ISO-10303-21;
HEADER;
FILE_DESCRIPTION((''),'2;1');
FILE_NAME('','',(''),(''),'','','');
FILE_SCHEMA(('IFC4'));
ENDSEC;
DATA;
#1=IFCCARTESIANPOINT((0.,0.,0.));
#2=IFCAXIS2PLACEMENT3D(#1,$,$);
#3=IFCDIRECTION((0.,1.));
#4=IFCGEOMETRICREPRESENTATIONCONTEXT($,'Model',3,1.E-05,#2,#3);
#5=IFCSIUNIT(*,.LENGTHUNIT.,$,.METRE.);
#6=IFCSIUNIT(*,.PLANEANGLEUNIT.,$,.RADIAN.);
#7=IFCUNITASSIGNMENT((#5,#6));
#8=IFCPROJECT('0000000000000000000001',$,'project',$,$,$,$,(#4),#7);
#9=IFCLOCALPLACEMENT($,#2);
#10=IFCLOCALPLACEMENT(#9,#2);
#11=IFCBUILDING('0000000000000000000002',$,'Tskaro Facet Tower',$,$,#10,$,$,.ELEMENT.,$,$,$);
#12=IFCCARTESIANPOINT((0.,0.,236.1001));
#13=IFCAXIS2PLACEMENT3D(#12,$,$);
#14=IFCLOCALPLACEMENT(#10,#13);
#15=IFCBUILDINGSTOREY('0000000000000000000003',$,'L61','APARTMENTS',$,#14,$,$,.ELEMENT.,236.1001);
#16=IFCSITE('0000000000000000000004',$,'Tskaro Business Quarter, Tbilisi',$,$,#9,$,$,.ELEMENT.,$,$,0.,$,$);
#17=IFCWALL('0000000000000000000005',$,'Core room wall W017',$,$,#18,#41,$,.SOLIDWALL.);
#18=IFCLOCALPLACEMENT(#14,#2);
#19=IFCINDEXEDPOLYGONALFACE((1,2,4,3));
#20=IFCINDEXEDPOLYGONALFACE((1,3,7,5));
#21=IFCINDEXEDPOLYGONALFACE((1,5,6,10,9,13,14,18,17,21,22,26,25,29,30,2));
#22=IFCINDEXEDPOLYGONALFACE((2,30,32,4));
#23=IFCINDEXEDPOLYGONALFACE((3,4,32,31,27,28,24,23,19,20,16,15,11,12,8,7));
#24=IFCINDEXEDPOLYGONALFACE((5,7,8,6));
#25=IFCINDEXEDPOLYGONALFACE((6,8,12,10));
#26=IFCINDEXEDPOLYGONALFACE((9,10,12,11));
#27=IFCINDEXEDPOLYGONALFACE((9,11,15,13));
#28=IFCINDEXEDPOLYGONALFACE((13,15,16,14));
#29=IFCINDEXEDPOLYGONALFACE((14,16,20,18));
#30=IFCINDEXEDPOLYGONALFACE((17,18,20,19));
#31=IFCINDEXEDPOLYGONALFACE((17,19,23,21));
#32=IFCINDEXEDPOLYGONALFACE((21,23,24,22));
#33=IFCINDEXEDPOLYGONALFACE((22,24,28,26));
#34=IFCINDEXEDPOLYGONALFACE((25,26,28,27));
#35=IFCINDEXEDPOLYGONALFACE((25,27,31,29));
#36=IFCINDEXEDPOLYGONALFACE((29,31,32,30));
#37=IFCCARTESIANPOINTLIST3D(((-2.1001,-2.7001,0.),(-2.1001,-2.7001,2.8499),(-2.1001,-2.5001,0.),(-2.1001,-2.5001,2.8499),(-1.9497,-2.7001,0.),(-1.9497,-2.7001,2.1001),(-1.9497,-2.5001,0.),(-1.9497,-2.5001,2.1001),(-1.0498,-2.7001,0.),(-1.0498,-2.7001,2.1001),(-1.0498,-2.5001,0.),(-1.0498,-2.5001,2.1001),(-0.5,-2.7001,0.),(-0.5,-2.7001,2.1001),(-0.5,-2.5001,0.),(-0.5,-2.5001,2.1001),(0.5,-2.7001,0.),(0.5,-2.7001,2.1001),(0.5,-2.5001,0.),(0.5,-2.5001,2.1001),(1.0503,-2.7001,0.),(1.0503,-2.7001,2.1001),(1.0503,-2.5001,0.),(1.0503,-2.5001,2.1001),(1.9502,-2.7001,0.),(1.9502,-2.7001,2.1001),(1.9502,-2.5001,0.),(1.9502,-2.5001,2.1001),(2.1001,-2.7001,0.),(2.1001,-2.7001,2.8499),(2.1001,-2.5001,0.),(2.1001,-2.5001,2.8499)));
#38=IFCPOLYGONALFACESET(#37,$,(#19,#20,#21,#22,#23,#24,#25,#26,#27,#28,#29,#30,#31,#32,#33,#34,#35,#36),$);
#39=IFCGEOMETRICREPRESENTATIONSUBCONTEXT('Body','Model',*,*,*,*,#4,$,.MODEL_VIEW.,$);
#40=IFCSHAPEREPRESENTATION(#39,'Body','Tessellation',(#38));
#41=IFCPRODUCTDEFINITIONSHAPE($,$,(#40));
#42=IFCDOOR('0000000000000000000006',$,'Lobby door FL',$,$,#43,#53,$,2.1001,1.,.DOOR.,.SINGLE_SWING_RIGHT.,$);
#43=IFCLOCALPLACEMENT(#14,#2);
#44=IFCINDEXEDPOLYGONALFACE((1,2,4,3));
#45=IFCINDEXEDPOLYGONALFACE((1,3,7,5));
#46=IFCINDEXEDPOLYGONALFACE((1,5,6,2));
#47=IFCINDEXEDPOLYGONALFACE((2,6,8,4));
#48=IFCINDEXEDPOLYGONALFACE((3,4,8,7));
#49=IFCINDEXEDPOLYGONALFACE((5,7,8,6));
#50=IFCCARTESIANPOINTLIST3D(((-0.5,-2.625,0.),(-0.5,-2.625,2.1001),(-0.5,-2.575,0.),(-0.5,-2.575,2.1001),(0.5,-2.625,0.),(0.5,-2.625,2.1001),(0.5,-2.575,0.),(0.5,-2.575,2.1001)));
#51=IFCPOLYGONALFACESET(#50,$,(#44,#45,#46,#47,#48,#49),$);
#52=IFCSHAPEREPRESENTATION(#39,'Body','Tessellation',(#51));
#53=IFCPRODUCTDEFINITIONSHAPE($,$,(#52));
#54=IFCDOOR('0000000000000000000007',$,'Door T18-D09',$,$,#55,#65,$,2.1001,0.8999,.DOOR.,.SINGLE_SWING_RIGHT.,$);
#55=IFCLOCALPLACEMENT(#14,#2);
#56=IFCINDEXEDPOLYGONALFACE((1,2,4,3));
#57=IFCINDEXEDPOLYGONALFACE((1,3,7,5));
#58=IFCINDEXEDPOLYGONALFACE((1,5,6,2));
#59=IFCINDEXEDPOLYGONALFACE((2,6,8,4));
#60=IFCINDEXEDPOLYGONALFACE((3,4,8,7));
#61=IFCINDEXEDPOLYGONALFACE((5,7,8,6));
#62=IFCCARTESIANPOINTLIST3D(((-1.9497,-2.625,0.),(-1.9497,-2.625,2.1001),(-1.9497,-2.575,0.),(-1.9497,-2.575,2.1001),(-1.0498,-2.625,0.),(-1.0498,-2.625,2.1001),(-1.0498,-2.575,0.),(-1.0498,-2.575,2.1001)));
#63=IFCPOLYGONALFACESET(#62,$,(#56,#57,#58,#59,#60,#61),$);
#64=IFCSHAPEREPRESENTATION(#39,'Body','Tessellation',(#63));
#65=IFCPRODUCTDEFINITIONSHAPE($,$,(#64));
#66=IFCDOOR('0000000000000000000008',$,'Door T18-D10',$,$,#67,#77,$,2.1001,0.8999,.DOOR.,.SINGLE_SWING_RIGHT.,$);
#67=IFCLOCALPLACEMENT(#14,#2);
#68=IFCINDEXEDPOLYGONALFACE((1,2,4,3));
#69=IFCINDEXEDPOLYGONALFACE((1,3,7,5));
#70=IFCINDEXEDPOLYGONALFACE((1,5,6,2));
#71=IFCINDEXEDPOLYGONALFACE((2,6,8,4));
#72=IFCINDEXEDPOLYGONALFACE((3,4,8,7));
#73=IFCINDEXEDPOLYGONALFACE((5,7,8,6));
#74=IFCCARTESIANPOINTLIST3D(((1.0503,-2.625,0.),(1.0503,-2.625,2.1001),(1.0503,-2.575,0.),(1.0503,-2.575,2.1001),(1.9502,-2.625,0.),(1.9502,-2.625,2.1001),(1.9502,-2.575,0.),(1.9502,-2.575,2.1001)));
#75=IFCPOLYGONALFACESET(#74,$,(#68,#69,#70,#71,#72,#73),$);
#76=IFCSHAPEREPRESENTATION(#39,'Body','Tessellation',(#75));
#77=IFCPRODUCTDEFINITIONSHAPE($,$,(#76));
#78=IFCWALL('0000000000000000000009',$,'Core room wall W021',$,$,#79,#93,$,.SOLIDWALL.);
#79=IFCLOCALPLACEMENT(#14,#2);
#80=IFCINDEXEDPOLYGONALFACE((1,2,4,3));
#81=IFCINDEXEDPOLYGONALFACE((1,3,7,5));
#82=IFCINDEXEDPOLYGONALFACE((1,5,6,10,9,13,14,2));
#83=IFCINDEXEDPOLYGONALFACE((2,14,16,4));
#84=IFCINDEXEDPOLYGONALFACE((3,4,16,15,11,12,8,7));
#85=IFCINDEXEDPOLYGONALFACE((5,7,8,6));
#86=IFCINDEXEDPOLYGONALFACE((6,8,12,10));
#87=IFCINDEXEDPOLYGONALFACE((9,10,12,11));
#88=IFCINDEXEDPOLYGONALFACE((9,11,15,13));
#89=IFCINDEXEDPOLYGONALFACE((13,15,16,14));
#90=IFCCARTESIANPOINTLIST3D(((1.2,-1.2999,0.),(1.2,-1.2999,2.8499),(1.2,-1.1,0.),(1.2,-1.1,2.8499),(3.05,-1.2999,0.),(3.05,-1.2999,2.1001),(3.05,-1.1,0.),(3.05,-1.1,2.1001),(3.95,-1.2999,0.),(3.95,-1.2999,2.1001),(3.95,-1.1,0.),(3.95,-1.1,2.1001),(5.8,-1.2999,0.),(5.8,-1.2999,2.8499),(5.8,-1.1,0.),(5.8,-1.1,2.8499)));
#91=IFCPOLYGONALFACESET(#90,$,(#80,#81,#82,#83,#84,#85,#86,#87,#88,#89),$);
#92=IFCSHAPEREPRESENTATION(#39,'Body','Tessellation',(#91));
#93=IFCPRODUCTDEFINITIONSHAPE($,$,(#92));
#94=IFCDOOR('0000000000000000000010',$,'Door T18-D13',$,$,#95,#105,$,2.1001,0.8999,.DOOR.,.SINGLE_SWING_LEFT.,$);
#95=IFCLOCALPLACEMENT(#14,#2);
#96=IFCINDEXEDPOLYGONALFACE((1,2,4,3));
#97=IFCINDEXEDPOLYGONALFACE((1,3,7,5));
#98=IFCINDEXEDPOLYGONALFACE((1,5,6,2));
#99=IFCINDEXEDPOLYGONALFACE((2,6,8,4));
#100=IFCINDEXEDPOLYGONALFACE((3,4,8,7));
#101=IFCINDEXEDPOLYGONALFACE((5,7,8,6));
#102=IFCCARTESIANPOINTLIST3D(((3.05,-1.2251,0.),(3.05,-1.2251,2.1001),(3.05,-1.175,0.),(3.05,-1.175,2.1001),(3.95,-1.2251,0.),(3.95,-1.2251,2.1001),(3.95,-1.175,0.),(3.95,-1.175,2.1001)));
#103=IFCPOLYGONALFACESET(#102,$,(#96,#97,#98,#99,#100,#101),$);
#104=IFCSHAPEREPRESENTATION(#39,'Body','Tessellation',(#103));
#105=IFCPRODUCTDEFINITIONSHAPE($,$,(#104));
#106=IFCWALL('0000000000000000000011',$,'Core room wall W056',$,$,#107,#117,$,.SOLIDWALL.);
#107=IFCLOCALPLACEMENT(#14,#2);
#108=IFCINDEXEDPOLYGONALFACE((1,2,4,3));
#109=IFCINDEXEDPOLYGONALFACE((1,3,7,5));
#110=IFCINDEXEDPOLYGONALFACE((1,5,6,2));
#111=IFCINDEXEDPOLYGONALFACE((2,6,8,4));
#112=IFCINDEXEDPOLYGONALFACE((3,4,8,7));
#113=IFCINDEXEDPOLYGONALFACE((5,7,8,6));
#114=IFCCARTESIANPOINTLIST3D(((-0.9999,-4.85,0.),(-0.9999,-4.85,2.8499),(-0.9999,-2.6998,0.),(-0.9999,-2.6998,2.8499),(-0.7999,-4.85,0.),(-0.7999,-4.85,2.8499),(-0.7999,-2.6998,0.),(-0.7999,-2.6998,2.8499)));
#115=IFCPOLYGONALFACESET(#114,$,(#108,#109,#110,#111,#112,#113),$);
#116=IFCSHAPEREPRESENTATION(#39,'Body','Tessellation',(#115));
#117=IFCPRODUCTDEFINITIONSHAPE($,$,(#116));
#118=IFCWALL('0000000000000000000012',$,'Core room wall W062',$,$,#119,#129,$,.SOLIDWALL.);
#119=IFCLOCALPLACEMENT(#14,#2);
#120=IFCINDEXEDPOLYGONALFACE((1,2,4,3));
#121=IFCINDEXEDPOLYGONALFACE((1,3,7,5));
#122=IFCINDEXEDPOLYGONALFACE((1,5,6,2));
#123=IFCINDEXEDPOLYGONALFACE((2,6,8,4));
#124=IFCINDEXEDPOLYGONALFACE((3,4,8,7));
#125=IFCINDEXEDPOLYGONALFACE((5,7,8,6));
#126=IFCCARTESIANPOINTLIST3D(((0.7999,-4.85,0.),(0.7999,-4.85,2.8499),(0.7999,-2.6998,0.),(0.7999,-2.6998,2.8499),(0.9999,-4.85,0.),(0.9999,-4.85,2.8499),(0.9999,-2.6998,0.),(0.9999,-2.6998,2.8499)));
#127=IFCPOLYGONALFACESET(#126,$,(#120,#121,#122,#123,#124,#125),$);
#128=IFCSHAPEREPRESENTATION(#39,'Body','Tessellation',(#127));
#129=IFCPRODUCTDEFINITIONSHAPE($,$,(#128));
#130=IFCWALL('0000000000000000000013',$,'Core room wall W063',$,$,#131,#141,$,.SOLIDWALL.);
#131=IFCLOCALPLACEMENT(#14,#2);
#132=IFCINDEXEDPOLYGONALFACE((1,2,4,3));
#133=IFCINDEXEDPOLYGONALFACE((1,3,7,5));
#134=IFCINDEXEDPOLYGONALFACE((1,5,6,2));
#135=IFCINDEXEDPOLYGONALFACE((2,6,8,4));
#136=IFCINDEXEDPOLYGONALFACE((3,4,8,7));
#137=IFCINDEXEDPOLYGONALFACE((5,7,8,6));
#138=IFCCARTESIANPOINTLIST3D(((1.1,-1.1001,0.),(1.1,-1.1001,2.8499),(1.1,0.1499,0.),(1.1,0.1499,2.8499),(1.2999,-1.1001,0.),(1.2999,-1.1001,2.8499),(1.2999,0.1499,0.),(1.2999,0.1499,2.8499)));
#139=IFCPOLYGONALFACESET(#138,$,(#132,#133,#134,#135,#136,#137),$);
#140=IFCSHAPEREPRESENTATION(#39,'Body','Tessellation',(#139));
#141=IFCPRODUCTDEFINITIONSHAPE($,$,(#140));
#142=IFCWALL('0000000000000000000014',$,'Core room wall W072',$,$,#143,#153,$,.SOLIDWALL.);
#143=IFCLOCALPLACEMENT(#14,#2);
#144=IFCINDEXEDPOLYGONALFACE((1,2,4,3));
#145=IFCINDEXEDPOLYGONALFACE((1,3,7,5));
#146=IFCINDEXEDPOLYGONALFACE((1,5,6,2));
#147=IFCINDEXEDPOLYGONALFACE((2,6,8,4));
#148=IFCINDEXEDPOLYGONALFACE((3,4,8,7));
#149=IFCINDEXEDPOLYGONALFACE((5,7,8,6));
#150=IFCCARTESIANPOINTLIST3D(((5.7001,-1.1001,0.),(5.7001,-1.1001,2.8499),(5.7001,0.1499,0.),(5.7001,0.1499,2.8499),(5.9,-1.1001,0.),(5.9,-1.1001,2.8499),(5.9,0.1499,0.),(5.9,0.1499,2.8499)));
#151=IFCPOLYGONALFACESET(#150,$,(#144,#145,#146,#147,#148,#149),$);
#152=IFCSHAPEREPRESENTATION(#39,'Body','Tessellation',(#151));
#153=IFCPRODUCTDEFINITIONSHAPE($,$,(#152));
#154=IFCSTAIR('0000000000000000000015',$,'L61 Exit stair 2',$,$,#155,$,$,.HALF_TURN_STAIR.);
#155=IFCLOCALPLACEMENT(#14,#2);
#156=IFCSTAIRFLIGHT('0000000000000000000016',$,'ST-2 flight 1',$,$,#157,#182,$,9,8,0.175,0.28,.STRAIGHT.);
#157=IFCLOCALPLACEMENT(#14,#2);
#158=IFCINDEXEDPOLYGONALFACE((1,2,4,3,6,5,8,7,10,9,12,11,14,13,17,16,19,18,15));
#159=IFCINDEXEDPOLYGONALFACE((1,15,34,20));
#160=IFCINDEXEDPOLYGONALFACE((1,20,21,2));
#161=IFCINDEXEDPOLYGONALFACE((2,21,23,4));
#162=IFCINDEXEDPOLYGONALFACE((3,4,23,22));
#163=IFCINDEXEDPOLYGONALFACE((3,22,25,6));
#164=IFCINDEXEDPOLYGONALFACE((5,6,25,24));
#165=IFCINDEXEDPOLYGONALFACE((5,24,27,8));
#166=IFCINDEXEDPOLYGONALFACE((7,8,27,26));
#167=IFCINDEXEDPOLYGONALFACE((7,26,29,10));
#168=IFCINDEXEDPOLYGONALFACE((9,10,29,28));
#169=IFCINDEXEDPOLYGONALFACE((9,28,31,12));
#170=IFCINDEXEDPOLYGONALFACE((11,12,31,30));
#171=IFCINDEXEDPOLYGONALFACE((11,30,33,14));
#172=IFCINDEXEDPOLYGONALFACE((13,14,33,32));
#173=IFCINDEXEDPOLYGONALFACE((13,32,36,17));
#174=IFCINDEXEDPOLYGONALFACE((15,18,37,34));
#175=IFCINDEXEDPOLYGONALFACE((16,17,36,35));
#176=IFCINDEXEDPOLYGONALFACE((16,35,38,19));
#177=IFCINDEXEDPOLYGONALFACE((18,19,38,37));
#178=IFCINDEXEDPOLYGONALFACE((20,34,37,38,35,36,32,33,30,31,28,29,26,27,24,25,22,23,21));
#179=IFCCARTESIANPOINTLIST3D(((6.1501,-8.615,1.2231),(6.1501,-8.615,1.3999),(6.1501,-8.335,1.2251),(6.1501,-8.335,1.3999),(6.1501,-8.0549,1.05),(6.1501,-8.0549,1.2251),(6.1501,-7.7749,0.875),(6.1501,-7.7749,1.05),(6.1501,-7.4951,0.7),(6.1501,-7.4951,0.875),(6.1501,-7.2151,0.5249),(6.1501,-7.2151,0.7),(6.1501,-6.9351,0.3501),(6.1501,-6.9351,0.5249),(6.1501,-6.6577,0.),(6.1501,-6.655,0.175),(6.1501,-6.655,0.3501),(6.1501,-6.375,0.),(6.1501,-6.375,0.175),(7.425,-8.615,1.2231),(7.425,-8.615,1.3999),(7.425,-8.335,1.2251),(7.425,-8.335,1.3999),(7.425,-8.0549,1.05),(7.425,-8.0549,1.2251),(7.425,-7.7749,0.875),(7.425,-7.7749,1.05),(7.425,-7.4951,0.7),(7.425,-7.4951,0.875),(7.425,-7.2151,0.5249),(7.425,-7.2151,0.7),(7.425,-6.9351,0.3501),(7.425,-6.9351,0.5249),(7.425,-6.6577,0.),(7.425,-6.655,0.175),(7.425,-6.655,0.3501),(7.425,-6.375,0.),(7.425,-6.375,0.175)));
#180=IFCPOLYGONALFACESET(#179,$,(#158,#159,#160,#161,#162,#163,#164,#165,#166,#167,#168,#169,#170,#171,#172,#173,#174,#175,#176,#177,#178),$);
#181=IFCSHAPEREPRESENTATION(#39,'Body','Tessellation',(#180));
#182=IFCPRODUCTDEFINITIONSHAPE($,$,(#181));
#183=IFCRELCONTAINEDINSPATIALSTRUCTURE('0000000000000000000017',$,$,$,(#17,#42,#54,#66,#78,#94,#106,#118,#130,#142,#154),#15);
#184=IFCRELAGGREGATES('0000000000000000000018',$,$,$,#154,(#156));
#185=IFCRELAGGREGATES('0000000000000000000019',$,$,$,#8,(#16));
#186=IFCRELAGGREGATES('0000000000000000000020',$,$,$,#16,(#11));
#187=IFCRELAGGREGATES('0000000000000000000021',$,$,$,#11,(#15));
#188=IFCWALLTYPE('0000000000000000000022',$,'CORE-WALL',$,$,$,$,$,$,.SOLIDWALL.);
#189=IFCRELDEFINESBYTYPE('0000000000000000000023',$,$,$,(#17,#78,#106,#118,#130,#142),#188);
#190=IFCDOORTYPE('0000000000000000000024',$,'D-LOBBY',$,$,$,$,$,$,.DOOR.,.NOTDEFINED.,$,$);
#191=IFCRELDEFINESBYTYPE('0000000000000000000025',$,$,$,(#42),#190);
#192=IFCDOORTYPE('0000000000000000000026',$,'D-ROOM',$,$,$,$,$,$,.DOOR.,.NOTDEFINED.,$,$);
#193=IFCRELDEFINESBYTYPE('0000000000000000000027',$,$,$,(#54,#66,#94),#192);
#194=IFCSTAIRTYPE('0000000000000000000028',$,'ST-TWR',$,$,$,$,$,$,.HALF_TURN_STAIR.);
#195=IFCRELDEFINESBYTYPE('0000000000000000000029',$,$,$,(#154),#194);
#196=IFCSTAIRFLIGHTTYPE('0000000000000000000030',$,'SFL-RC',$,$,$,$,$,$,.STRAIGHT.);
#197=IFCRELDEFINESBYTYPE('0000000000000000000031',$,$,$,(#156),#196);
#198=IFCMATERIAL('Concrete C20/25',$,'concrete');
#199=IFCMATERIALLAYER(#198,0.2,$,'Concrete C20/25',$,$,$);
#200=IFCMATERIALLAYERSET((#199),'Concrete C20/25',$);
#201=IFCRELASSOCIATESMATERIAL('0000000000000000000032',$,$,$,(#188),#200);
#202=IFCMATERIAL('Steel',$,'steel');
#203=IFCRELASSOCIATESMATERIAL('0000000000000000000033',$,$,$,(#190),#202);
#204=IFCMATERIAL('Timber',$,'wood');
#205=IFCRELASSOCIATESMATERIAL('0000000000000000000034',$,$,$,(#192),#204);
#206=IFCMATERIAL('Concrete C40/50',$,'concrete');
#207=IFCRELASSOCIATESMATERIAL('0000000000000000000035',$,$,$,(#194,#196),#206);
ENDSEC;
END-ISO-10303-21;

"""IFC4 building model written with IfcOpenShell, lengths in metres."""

from ifc_helpers import new_model, si_unit, direction, frame, frame_2d, origin, place, context, subcontext, project, spatial, polyline, rectangle, outline, extrude, material, layer, layer_set, type_object, element, fill, aggregate, save


model = new_model("IFC4")

# Units and contexts
model_context = context("Model", 3, precision=1e-05, world=origin(), true_north=direction((0.0, 1.0)))
body_context = subcontext(model_context, "Body", "Model", "MODEL_VIEW")
ifc_project = project(units=[si_unit("LENGTHUNIT", "METRE"), si_unit("PLANEANGLEUNIT", "RADIAN")], contexts=[model_context])

# Site, building, storey
site_placement = place(None, origin())
site = spatial("IfcSite", under=ifc_project, at=site_placement, Name="Tskaro Business Quarter, Tbilisi", CompositionType="ELEMENT", RefElevation=0.0)
building_placement = place(site_placement, origin())
building = spatial("IfcBuilding", under=site, at=building_placement, Name="Tskaro Facet Tower", CompositionType="ELEMENT")
storey_placement = place(building_placement, frame((0.0, 0.0, 236.1001)))
storey = spatial("IfcBuildingStorey", under=building, at=storey_placement, Name="L61", Description="APARTMENTS", CompositionType="ELEMENT", Elevation=236.1001)

# Shared definitions
ifc_material_1 = material(Name="Steel", Category="steel")

# Shared definitions
ifc_material_2 = material(Name="Concrete C20/25", Category="concrete")
ifc_layer_1 = layer(ifc_material_2, 0.2, Name="Concrete C20/25")
ifc_layer_set_1 = layer_set([ifc_layer_1], Name="Concrete C20/25")
wall_type_1 = type_object("IfcWallType", Name="CORE-WALL", PredefinedType="SOLIDWALL", material=ifc_layer_set_1)

# Wall, openings, doors
wall_1_placement = place(storey_placement, frame((2.1001, -2.6001, 0.0), z_axis=(0.0, 0.0, 1.0), x_axis=(-1.0, 0.0, 0.0)))
wall_1 = element("IfcWall", 1, at=wall_1_placement, inside=storey, type_object=wall_type_1, Name="Core room wall W017", PredefinedType="SOLIDWALL", context=body_context, shape_type="SweptSolid", body=[
    extrude(rectangle(XDim=4.2002, YDim=0.2, at=frame_2d((2.1001, 0.0))), origin(), (0.0, 0.0, 1.0), 2.8499),
])
opening_1_placement = place(wall_1_placement, frame((1.6001, 0.0, 0.0)))
opening_1 = element("IfcOpeningElement", 2, at=opening_1_placement, cuts=wall_1, PredefinedType="OPENING", context=body_context, shape_type="SweptSolid", body=[
    extrude(rectangle(XDim=1.0, YDim=2.1001, at=frame_2d((0.5, 1.05))), frame((0.0, 0.1099, 0.0), z_axis=(0.0, -1.0, 0.0), x_axis=(1.0, 0.0, 0.0)), (0.0, 0.0, 1.0), 0.22),
])
opening_2_placement = place(wall_1_placement, frame((3.1499, 0.0, 0.0)))
opening_2 = element("IfcOpeningElement", 3, at=opening_2_placement, cuts=wall_1, PredefinedType="OPENING", context=body_context, shape_type="SweptSolid", body=[
    extrude(rectangle(XDim=0.8999, YDim=2.1001, at=frame_2d((0.45, 1.05))), frame((0.0, 0.1099, 0.0), z_axis=(0.0, -1.0, 0.0), x_axis=(1.0, 0.0, 0.0)), (0.0, 0.0, 1.0), 0.22),
])
opening_3_placement = place(wall_1_placement, frame((0.1499, 0.0, 0.0)))
opening_3 = element("IfcOpeningElement", 4, at=opening_3_placement, cuts=wall_1, PredefinedType="OPENING", context=body_context, shape_type="SweptSolid", body=[
    extrude(rectangle(XDim=0.8999, YDim=2.1001, at=frame_2d((0.45, 1.05))), frame((0.0, 0.1099, 0.0), z_axis=(0.0, -1.0, 0.0), x_axis=(1.0, 0.0, 0.0)), (0.0, 0.0, 1.0), 0.22),
])
door_type_1 = type_object("IfcDoorType", Name="D-LOBBY", OperationType="NOTDEFINED", PredefinedType="DOOR", material=ifc_material_1)
door_1_placement = place(opening_1_placement, origin())
door_1 = element("IfcDoor", 5, at=door_1_placement, inside=storey, type_object=door_type_1, Name="Lobby door FL", OperationType="SINGLE_SWING_RIGHT", OverallHeight=2.1001, OverallWidth=1.0, PredefinedType="DOOR", context=body_context, shape_type="SweptSolid", body=[
    extrude(rectangle(XDim=1.0, YDim=2.1001, at=frame_2d((0.5, 1.05))), frame((0.0, 0.0249, 0.0), z_axis=(0.0, -1.0, 0.0), x_axis=(1.0, 0.0, 0.0)), (0.0, 0.0, 1.0), 0.05),
])
fill(opening_1, door_1)
ifc_material_3 = material(Name="Timber", Category="wood")
door_type_2 = type_object("IfcDoorType", Name="D-ROOM", OperationType="NOTDEFINED", PredefinedType="DOOR", material=ifc_material_3)
door_2_placement = place(opening_2_placement, origin())
door_2 = element("IfcDoor", 6, at=door_2_placement, inside=storey, type_object=door_type_2, Name="Door T18-D09", OperationType="SINGLE_SWING_RIGHT", OverallHeight=2.1001, OverallWidth=0.8999, PredefinedType="DOOR", context=body_context, shape_type="SweptSolid", body=[
    extrude(rectangle(XDim=0.8999, YDim=2.1001, at=frame_2d((0.45, 1.05))), frame((0.0, 0.0249, 0.0), z_axis=(0.0, -1.0, 0.0), x_axis=(1.0, 0.0, 0.0)), (0.0, 0.0, 1.0), 0.05),
])
fill(opening_2, door_2)
door_3_placement = place(opening_3_placement, origin())
door_3 = element("IfcDoor", 7, at=door_3_placement, inside=storey, type_object=door_type_2, Name="Door T18-D10", OperationType="SINGLE_SWING_RIGHT", OverallHeight=2.1001, OverallWidth=0.8999, PredefinedType="DOOR", context=body_context, shape_type="SweptSolid", body=[
    extrude(rectangle(XDim=0.8999, YDim=2.1001, at=frame_2d((0.45, 1.05))), frame((0.0, 0.0249, 0.0), z_axis=(0.0, -1.0, 0.0), x_axis=(1.0, 0.0, 0.0)), (0.0, 0.0, 1.0), 0.05),
])
fill(opening_3, door_3)

# Wall, opening, door
wall_2_placement = place(storey_placement, frame((1.2, -1.2, 0.0), z_axis=(0.0, 0.0, 1.0), x_axis=(1.0, 0.0, 0.0)))
wall_2 = element("IfcWall", 8, at=wall_2_placement, inside=storey, type_object=wall_type_1, Name="Core room wall W021", PredefinedType="SOLIDWALL", context=body_context, shape_type="SweptSolid", body=[
    extrude(rectangle(XDim=4.6001, YDim=0.2, at=frame_2d((2.3, 0.0))), origin(), (0.0, 0.0, 1.0), 2.8499),
])
opening_4_placement = place(wall_2_placement, frame((1.8501, 0.0, 0.0)))
opening_4 = element("IfcOpeningElement", 9, at=opening_4_placement, cuts=wall_2, PredefinedType="OPENING", context=body_context, shape_type="SweptSolid", body=[
    extrude(rectangle(XDim=0.8999, YDim=2.1001, at=frame_2d((0.45, 1.05))), frame((0.0, 0.1099, 0.0), z_axis=(0.0, -1.0, 0.0), x_axis=(1.0, 0.0, 0.0)), (0.0, 0.0, 1.0), 0.22),
])
door_4_placement = place(opening_4_placement, origin())
door_4 = element("IfcDoor", 10, at=door_4_placement, inside=storey, type_object=door_type_2, Name="Door T18-D13", OperationType="SINGLE_SWING_LEFT", OverallHeight=2.1001, OverallWidth=0.8999, PredefinedType="DOOR", context=body_context, shape_type="SweptSolid", body=[
    extrude(rectangle(XDim=0.8999, YDim=2.1001, at=frame_2d((0.45, 1.05))), frame((0.0, 0.0249, 0.0), z_axis=(0.0, -1.0, 0.0), x_axis=(1.0, 0.0, 0.0)), (0.0, 0.0, 1.0), 0.05),
])
fill(opening_4, door_4)

# Walls
for number, where, z_axis, x_axis, name in (
    (11, (-0.8999, -4.8501, 0.0), (0.0, 0.0, 1.0), (0.0, 1.0, 0.0), "Core room wall W056"),
    (12, (0.8999, -4.8501, 0.0), (0.0, 0.0, 1.0), (0.0, 1.0, 0.0), "Core room wall W062"),
):
    element("IfcWall", number, at=place(storey_placement, frame(where, z_axis=z_axis, x_axis=x_axis)), inside=storey, type_object=wall_type_1, Name=name, PredefinedType="SOLIDWALL", context=body_context, shape_type="SweptSolid", body=[
        extrude(rectangle(XDim=2.1501, YDim=0.2, at=frame_2d((1.0752, 0.0))), origin(), (0.0, 0.0, 1.0), 2.8499),
    ])
for number, where, z_axis, x_axis, name in (
    (13, (1.2, -1.1001, 0.0), (0.0, 0.0, 1.0), (0.0, 1.0, 0.0), "Core room wall W063"),
    (14, (5.8, -1.1001, 0.0), (0.0, 0.0, 1.0), (0.0, 1.0, 0.0), "Core room wall W072"),
):
    element("IfcWall", number, at=place(storey_placement, frame(where, z_axis=z_axis, x_axis=x_axis)), inside=storey, type_object=wall_type_1, Name=name, PredefinedType="SOLIDWALL", context=body_context, shape_type="SweptSolid", body=[
        extrude(rectangle(XDim=1.25, YDim=0.2, at=frame_2d((0.625, 0.0))), origin(), (0.0, 0.0, 1.0), 2.8499),
    ])

# Stair, stair flight
ifc_material_4 = material(Name="Concrete C40/50", Category="concrete")
stair_type = type_object("IfcStairType", Name="ST-TWR", PredefinedType="HALF_TURN_STAIR", material=ifc_material_4)
stair_placement = place(storey_placement, origin())
stair = element("IfcStair", 15, at=stair_placement, inside=storey, type_object=stair_type, Name="L61 Exit stair 2", PredefinedType="HALF_TURN_STAIR")
stair_flight_type = type_object("IfcStairFlightType", Name="SFL-RC", PredefinedType="STRAIGHT", material=ifc_material_4)
stair_flight_placement = place(storey_placement, frame((6.7876, -6.375, 0.0), z_axis=(0.0, 0.0, 1.0), x_axis=(0.0, -1.0, 0.0)))
stair_flight = element("IfcStairFlight", 16, at=stair_flight_placement, type_object=stair_flight_type, Name="ST-2 flight 1", NumberOfRisers=9, NumberOfTreads=8, PredefinedType="STRAIGHT", RiserHeight=0.175, TreadLength=0.28, context=body_context, shape_type="SweptSolid", body=[
    extrude(outline(polyline([(0.0, 0.0), (0.0, 0.175), (0.28, 0.175), (0.28, 0.3501), (0.5601, 0.3501), (0.5601, 0.5249), (0.8401, 0.5249), (0.8401, 0.7), (1.1201, 0.7), (1.1201, 0.875), (1.3999, 0.875), (1.3999, 1.05), (1.6799, 1.05), (1.6799, 1.2251), (1.96, 1.2251), (1.96, 1.3999), (2.24, 1.3999), (2.24, 1.575), (2.24, 1.2231), (0.2827, 0.0), (0.0, 0.0)])), frame((0.0, 0.6375, 0.0), z_axis=(0.0, -1.0, 0.0), x_axis=(1.0, 0.0, 0.0)), (0.0, 0.0, 1.0), 1.2749),
])
aggregate(stair, [stair_flight])

save(model, "model.ifc")
